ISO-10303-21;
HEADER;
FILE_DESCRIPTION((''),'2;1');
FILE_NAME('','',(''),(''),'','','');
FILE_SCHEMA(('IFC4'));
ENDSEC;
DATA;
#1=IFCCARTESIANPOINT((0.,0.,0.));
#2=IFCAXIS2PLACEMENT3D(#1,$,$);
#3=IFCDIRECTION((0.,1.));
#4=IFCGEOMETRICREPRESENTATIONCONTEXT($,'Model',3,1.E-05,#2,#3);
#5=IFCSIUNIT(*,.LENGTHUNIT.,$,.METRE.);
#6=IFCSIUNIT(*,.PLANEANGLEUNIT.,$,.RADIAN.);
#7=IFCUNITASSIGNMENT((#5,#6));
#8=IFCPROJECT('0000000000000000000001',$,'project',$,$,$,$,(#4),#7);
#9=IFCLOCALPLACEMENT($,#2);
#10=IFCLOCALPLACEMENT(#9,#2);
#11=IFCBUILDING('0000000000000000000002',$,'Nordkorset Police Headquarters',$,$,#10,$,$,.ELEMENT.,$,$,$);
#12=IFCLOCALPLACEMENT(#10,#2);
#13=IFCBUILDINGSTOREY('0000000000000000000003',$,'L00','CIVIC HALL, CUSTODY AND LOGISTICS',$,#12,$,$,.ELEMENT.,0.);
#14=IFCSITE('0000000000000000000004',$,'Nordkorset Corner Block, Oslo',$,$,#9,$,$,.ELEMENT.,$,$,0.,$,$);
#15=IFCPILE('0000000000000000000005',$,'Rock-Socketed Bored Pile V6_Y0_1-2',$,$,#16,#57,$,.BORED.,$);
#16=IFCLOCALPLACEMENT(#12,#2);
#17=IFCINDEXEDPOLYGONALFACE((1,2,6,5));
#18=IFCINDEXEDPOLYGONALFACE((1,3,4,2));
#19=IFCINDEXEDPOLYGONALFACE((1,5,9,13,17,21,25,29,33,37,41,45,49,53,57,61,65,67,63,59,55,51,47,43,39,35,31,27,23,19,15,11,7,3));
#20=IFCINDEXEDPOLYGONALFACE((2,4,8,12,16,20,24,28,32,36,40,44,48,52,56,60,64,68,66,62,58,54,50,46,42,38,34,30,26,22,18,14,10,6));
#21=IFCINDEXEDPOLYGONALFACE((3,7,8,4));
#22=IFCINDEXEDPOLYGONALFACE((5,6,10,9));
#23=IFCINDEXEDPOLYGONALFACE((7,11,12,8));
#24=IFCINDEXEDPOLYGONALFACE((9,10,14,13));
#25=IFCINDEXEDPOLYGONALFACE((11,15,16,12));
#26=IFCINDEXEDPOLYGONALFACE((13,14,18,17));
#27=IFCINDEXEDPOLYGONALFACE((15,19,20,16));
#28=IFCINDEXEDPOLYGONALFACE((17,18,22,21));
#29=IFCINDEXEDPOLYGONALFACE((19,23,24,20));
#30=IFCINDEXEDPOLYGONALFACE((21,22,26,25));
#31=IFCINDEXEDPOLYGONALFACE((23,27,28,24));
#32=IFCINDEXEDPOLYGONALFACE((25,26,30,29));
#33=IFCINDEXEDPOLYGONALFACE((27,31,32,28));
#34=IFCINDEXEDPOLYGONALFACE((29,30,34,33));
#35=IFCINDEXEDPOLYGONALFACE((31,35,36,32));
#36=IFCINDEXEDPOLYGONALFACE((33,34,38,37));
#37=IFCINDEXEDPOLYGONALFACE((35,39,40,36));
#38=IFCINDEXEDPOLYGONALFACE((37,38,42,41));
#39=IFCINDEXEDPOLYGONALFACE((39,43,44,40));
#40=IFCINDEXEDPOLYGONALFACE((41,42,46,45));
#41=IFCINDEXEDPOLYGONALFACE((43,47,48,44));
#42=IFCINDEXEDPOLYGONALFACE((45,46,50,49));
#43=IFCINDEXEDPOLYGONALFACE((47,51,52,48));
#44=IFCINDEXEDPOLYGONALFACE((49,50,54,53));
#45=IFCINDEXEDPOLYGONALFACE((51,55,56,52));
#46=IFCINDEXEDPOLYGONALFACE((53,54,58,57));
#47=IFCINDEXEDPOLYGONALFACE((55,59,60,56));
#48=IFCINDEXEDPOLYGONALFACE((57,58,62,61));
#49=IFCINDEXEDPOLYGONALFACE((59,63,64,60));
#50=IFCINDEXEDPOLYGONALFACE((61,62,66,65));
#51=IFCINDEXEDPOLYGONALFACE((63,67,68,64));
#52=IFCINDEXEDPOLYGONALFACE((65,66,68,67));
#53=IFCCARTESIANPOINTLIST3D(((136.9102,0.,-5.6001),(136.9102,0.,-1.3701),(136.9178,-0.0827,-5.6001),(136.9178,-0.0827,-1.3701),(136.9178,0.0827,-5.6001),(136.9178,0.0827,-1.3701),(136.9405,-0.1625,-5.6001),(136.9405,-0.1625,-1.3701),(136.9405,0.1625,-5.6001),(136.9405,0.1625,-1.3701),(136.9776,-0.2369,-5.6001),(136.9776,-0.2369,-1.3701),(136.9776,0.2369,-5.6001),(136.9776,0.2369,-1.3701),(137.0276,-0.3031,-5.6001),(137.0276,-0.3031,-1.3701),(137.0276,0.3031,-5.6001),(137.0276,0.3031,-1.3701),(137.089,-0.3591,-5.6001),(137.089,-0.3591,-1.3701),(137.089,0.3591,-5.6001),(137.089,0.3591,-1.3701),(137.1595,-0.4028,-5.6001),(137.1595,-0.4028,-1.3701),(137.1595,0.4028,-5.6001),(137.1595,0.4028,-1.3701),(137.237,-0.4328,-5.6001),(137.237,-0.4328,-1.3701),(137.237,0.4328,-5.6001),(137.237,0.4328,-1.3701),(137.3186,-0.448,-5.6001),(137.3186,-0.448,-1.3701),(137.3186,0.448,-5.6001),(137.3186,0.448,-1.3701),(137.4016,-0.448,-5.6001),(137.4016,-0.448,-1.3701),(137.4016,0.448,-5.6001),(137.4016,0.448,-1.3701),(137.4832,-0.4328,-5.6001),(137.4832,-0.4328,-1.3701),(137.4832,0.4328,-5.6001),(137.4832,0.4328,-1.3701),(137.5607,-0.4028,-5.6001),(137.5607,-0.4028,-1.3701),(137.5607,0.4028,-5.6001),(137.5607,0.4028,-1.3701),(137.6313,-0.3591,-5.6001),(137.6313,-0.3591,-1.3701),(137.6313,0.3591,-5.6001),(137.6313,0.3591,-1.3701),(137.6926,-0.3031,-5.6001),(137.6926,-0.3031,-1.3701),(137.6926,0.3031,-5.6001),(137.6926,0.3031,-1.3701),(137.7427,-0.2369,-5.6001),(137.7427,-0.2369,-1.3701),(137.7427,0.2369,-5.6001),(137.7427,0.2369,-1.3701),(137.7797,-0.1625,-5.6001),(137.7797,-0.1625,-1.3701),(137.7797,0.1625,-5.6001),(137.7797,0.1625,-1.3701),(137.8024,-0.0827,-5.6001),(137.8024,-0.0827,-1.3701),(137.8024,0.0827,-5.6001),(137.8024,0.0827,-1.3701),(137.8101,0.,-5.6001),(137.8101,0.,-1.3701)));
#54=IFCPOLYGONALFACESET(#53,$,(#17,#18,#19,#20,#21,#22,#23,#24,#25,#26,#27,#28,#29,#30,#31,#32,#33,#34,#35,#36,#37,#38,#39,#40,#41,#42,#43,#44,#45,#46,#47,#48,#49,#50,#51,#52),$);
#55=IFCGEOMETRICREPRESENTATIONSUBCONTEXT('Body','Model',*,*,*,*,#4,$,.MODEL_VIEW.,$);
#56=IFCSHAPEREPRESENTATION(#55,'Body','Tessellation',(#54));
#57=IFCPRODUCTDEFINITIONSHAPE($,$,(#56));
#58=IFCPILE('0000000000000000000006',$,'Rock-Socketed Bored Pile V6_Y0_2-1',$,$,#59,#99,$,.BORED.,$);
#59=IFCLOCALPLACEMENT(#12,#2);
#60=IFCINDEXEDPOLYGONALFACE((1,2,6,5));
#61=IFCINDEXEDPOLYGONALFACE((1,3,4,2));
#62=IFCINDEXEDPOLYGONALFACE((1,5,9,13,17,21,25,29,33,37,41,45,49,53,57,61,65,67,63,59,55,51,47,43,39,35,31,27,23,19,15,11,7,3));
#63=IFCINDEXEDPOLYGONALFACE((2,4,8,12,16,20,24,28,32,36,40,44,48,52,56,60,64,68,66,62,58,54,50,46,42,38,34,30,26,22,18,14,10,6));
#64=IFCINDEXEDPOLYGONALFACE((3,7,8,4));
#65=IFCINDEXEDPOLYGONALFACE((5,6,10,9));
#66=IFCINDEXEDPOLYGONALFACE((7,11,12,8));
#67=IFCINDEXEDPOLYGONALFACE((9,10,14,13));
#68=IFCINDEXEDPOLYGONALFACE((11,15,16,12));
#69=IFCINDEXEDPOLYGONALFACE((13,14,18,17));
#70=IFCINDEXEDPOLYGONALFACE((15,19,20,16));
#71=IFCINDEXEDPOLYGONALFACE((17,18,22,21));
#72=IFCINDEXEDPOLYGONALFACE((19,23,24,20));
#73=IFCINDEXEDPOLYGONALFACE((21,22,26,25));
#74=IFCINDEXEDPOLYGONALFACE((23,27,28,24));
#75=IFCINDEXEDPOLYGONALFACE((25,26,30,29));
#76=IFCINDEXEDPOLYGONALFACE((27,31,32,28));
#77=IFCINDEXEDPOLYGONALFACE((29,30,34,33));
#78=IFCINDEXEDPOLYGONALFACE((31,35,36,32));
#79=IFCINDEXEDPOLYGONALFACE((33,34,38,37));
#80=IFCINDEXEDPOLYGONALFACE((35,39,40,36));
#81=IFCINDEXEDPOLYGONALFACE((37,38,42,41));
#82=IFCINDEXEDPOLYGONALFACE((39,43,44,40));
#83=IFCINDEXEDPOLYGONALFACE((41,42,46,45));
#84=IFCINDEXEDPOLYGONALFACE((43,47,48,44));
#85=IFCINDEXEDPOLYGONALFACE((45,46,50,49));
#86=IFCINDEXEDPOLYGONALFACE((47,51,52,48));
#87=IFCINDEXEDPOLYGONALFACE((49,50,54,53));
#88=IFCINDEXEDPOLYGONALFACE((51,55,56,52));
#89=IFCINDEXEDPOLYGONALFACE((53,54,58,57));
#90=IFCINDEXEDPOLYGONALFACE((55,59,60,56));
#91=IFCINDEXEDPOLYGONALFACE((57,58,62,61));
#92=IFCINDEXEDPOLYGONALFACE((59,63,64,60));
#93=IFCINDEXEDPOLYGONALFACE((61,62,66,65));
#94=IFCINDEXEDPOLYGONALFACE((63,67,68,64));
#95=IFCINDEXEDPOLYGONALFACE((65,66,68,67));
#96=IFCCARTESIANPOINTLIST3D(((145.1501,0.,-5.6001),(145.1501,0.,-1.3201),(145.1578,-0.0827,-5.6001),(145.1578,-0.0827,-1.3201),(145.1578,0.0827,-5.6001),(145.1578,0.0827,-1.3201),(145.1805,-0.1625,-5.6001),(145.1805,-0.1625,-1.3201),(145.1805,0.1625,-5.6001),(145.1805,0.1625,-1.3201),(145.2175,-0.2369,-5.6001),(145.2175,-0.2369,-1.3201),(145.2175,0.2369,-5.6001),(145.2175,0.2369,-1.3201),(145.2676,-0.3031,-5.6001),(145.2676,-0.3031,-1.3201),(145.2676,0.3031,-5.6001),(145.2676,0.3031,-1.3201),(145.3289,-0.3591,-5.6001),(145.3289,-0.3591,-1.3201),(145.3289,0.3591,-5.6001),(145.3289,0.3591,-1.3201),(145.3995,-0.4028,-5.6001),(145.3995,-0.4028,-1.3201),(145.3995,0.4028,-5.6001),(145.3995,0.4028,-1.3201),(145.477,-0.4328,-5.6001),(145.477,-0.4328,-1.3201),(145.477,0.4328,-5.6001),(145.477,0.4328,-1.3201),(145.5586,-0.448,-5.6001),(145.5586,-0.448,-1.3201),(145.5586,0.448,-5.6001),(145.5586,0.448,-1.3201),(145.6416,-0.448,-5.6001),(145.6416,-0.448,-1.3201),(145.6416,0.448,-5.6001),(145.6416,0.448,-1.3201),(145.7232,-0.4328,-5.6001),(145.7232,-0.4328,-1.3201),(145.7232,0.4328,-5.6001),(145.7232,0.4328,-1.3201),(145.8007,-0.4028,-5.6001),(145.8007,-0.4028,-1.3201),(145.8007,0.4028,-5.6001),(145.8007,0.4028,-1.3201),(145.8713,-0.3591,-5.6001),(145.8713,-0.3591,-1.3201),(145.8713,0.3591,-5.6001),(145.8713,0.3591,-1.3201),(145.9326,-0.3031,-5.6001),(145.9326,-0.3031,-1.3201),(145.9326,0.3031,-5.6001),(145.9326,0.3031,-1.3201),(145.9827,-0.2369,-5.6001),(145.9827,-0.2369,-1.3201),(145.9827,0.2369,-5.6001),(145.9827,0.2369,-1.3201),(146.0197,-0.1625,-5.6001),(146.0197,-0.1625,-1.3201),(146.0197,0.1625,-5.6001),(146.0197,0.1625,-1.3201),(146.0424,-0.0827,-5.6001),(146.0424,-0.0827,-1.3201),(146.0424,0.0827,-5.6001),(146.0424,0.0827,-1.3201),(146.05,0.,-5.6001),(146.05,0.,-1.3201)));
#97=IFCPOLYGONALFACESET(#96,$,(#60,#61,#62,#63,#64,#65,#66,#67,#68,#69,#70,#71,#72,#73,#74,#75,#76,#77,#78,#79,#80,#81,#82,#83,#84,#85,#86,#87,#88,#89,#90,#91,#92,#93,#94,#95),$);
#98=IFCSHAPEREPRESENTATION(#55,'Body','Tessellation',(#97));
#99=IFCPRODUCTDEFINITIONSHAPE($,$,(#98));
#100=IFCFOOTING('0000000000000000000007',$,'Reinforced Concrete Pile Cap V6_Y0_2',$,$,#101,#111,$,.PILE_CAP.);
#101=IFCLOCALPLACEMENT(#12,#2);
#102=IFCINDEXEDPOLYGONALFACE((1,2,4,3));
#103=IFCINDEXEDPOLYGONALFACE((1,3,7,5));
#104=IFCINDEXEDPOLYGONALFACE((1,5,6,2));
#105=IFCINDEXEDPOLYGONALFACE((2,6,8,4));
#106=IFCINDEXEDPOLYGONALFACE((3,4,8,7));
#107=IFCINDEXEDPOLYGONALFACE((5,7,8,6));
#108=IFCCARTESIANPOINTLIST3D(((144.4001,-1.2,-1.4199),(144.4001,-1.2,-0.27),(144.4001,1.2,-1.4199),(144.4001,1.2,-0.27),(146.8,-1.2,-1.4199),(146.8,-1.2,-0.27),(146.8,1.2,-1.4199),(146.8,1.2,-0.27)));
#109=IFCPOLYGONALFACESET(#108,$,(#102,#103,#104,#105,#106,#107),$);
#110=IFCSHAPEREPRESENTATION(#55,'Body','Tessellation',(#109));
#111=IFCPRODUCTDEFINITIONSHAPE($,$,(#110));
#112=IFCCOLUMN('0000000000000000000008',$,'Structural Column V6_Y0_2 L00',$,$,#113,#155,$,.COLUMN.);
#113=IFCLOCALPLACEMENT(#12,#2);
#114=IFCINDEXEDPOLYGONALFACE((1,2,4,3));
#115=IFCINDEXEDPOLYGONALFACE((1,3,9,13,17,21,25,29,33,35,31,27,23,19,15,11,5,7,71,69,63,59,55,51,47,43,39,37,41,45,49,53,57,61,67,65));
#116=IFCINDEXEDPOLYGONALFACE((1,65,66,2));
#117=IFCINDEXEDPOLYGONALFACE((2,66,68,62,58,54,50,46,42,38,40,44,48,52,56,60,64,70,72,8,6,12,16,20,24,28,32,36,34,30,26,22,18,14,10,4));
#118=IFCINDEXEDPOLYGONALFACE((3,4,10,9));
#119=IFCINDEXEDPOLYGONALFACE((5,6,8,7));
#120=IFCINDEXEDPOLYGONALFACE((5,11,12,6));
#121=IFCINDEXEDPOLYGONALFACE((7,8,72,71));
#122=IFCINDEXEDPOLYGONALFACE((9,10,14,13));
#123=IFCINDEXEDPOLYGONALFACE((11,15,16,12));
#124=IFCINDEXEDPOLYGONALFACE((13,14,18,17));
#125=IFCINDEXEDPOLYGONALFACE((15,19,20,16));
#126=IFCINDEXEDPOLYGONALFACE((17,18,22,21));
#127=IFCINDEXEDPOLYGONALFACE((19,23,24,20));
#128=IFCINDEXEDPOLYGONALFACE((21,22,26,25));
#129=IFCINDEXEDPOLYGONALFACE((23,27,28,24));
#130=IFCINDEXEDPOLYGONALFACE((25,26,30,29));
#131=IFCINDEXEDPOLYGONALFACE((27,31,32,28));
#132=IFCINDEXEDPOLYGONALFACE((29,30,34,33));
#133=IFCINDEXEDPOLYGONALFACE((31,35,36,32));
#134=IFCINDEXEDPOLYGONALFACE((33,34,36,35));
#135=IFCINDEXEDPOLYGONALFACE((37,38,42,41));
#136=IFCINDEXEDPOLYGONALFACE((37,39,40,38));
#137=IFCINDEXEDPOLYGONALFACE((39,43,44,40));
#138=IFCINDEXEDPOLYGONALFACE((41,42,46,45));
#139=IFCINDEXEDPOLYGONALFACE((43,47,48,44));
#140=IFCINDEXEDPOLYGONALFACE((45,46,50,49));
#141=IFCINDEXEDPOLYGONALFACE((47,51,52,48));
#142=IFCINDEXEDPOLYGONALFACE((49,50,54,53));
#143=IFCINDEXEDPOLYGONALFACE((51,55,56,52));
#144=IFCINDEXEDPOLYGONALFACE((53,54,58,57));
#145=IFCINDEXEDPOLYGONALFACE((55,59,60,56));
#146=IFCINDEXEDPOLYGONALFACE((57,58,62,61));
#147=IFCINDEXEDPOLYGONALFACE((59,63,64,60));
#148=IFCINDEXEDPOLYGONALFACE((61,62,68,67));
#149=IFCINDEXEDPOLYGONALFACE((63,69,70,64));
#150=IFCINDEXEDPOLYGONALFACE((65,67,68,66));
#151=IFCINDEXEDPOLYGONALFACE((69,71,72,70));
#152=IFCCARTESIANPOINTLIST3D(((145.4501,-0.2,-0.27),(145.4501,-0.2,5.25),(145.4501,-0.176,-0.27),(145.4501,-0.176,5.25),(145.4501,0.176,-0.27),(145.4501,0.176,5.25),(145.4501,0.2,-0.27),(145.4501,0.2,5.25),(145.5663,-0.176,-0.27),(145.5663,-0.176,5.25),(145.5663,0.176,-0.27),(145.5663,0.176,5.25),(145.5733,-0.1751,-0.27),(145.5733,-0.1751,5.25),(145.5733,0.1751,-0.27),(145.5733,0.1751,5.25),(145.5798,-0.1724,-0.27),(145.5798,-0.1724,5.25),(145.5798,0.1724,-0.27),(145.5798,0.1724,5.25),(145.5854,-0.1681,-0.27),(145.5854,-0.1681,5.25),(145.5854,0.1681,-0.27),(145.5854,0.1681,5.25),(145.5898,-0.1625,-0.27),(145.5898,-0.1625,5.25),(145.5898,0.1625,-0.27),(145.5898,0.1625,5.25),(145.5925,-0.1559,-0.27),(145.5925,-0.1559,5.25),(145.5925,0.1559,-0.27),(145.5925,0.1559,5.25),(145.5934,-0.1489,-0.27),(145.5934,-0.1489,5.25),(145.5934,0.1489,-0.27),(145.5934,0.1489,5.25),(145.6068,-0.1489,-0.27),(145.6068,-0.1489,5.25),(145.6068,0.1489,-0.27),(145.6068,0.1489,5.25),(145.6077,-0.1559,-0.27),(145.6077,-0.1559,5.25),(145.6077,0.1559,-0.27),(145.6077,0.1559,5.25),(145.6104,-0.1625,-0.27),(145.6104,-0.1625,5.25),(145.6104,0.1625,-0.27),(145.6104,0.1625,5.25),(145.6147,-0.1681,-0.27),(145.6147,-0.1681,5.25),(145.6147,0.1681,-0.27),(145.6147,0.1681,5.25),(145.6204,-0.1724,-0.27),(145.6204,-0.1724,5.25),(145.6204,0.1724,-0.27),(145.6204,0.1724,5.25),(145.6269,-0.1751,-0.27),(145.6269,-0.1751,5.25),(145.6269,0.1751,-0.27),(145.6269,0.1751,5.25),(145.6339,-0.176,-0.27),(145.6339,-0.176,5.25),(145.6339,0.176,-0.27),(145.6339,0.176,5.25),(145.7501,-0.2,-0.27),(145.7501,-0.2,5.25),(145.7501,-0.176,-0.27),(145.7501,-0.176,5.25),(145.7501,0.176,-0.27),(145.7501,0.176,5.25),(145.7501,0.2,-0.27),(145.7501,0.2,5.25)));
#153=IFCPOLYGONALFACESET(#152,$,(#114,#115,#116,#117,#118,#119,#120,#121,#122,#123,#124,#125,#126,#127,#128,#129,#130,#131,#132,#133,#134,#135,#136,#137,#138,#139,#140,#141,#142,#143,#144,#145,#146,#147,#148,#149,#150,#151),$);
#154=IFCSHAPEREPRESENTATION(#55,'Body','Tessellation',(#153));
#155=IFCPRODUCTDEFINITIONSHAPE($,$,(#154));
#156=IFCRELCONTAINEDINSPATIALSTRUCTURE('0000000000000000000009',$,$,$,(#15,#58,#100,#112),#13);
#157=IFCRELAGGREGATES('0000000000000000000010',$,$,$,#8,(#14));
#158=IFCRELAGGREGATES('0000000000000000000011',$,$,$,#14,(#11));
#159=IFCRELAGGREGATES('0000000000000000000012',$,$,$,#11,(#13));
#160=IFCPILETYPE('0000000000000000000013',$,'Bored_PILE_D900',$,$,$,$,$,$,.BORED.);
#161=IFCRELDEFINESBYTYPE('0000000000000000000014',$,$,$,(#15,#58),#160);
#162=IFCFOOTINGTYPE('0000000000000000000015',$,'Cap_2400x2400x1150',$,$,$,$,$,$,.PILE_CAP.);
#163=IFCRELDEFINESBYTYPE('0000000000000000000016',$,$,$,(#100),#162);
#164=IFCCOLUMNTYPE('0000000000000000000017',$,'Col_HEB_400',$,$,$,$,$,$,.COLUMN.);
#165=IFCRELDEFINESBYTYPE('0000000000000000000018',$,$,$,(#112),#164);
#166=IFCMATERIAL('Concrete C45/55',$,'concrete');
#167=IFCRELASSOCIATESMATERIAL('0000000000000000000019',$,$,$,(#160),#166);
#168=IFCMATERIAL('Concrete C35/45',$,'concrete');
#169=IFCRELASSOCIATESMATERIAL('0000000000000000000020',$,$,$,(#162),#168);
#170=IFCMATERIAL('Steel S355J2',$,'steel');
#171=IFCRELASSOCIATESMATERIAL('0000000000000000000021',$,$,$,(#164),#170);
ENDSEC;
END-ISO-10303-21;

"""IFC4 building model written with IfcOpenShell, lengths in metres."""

from ifc_helpers import new_model, si_unit, direction, frame, origin, origin_2d, place, context, subcontext, project, spatial, rectangle, circle, i_section, extrude, material, material_profile, profile_set, type_object, element, save


model = new_model("IFC4")

# Units and contexts
model_context = context("Model", 3, precision=1e-05, world=origin(), true_north=direction((0.0, 1.0)))
body_context = subcontext(model_context, "Body", "Model", "MODEL_VIEW")
ifc_project = project(units=[si_unit("LENGTHUNIT", "METRE"), si_unit("PLANEANGLEUNIT", "RADIAN")], contexts=[model_context])

# Site, building, storey
site_placement = place(None, origin())
site = spatial("IfcSite", under=ifc_project, at=site_placement, Name="Nordkorset Corner Block, Oslo", CompositionType="ELEMENT", RefElevation=0.0)
building_placement = place(site_placement, origin())
building = spatial("IfcBuilding", under=site, at=building_placement, Name="Nordkorset Police Headquarters", CompositionType="ELEMENT")
storey_placement = place(building_placement, origin())
storey = spatial("IfcBuildingStorey", under=building, at=storey_placement, Name="L00", Description="CIVIC HALL, CUSTODY AND LOGISTICS", CompositionType="ELEMENT", Elevation=0.0)

# Piles
ifc_material_1 = material(Name="Concrete C45/55", Category="concrete")
ifc_material_profile_1 = material_profile(ifc_material_1, circle(Radius=0.45, at=origin_2d()), Name="PILE D900")
ifc_profile_set_1 = profile_set([ifc_material_profile_1], Name="Concrete C45/55")
pile_type = type_object("IfcPileType", Name="Bored_PILE_D900", PredefinedType="BORED", material=ifc_profile_set_1)
pile_1_placement = place(storey_placement, frame((137.3601, 0.0, -1.3701), z_axis=(0.0, 0.0, -1.0), x_axis=(1.0, 0.0, 0.0)))
element("IfcPile", 1, at=pile_1_placement, inside=storey, type_object=pile_type, Name="Rock-Socketed Bored Pile V6_Y0_1-2", PredefinedType="BORED", context=body_context, shape_type="SweptSolid", body=[
    extrude(circle(Radius=0.45, at=origin_2d()), origin(), (0.0, 0.0, 1.0), 4.23),
])
pile_2_placement = place(storey_placement, frame((145.6001, 0.0, -1.3201), z_axis=(0.0, 0.0, -1.0), x_axis=(1.0, 0.0, 0.0)))
element("IfcPile", 2, at=pile_2_placement, inside=storey, type_object=pile_type, Name="Rock-Socketed Bored Pile V6_Y0_2-1", PredefinedType="BORED", context=body_context, shape_type="SweptSolid", body=[
    extrude(circle(Radius=0.45, at=origin_2d()), origin(), (0.0, 0.0, 1.0), 4.28),
])

# Footing
ifc_material_2 = material(Name="Concrete C35/45", Category="concrete")
footing_type = type_object("IfcFootingType", Name="Cap_2400x2400x1150", PredefinedType="PILE_CAP", material=ifc_material_2)
footing_placement = place(storey_placement, frame((145.6001, 0.0, -1.4199), z_axis=(0.0, 0.0, 1.0), x_axis=(1.0, 0.0, 0.0)))
element("IfcFooting", 3, at=footing_placement, inside=storey, type_object=footing_type, Name="Reinforced Concrete Pile Cap V6_Y0_2", PredefinedType="PILE_CAP", context=body_context, shape_type="SweptSolid", body=[
    extrude(rectangle(XDim=2.3999, YDim=2.3999, at=origin_2d()), origin(), (0.0, 0.0, 1.0), 1.1499),
])

# Column
ifc_material_3 = material(Name="Steel S355J2", Category="steel")
ifc_material_profile_2 = material_profile(ifc_material_3, i_section(OverallWidth=0.3, OverallDepth=0.3999, WebThickness=0.0134, FlangeThickness=0.0239, FilletRadius=0.0271, at=origin_2d()), Name="HEB 400")
ifc_profile_set_2 = profile_set([ifc_material_profile_2], Name="Steel S355J2")
column_type = type_object("IfcColumnType", Name="Col_HEB_400", PredefinedType="COLUMN", material=ifc_profile_set_2)
column_placement = place(storey_placement, frame((145.6001, 0.0, -0.27), z_axis=(0.0, 0.0, 1.0), x_axis=(1.0, 0.0, 0.0)))
element("IfcColumn", 4, at=column_placement, inside=storey, type_object=column_type, Name="Structural Column V6_Y0_2 L00", PredefinedType="COLUMN", context=body_context, shape_type="SweptSolid", body=[
    extrude(i_section(OverallWidth=0.3, OverallDepth=0.3999, WebThickness=0.0134, FlangeThickness=0.0239, FilletRadius=0.0271, at=origin_2d()), origin(), (0.0, 0.0, 1.0), 5.52),
])

save(model, "model.ifc")
